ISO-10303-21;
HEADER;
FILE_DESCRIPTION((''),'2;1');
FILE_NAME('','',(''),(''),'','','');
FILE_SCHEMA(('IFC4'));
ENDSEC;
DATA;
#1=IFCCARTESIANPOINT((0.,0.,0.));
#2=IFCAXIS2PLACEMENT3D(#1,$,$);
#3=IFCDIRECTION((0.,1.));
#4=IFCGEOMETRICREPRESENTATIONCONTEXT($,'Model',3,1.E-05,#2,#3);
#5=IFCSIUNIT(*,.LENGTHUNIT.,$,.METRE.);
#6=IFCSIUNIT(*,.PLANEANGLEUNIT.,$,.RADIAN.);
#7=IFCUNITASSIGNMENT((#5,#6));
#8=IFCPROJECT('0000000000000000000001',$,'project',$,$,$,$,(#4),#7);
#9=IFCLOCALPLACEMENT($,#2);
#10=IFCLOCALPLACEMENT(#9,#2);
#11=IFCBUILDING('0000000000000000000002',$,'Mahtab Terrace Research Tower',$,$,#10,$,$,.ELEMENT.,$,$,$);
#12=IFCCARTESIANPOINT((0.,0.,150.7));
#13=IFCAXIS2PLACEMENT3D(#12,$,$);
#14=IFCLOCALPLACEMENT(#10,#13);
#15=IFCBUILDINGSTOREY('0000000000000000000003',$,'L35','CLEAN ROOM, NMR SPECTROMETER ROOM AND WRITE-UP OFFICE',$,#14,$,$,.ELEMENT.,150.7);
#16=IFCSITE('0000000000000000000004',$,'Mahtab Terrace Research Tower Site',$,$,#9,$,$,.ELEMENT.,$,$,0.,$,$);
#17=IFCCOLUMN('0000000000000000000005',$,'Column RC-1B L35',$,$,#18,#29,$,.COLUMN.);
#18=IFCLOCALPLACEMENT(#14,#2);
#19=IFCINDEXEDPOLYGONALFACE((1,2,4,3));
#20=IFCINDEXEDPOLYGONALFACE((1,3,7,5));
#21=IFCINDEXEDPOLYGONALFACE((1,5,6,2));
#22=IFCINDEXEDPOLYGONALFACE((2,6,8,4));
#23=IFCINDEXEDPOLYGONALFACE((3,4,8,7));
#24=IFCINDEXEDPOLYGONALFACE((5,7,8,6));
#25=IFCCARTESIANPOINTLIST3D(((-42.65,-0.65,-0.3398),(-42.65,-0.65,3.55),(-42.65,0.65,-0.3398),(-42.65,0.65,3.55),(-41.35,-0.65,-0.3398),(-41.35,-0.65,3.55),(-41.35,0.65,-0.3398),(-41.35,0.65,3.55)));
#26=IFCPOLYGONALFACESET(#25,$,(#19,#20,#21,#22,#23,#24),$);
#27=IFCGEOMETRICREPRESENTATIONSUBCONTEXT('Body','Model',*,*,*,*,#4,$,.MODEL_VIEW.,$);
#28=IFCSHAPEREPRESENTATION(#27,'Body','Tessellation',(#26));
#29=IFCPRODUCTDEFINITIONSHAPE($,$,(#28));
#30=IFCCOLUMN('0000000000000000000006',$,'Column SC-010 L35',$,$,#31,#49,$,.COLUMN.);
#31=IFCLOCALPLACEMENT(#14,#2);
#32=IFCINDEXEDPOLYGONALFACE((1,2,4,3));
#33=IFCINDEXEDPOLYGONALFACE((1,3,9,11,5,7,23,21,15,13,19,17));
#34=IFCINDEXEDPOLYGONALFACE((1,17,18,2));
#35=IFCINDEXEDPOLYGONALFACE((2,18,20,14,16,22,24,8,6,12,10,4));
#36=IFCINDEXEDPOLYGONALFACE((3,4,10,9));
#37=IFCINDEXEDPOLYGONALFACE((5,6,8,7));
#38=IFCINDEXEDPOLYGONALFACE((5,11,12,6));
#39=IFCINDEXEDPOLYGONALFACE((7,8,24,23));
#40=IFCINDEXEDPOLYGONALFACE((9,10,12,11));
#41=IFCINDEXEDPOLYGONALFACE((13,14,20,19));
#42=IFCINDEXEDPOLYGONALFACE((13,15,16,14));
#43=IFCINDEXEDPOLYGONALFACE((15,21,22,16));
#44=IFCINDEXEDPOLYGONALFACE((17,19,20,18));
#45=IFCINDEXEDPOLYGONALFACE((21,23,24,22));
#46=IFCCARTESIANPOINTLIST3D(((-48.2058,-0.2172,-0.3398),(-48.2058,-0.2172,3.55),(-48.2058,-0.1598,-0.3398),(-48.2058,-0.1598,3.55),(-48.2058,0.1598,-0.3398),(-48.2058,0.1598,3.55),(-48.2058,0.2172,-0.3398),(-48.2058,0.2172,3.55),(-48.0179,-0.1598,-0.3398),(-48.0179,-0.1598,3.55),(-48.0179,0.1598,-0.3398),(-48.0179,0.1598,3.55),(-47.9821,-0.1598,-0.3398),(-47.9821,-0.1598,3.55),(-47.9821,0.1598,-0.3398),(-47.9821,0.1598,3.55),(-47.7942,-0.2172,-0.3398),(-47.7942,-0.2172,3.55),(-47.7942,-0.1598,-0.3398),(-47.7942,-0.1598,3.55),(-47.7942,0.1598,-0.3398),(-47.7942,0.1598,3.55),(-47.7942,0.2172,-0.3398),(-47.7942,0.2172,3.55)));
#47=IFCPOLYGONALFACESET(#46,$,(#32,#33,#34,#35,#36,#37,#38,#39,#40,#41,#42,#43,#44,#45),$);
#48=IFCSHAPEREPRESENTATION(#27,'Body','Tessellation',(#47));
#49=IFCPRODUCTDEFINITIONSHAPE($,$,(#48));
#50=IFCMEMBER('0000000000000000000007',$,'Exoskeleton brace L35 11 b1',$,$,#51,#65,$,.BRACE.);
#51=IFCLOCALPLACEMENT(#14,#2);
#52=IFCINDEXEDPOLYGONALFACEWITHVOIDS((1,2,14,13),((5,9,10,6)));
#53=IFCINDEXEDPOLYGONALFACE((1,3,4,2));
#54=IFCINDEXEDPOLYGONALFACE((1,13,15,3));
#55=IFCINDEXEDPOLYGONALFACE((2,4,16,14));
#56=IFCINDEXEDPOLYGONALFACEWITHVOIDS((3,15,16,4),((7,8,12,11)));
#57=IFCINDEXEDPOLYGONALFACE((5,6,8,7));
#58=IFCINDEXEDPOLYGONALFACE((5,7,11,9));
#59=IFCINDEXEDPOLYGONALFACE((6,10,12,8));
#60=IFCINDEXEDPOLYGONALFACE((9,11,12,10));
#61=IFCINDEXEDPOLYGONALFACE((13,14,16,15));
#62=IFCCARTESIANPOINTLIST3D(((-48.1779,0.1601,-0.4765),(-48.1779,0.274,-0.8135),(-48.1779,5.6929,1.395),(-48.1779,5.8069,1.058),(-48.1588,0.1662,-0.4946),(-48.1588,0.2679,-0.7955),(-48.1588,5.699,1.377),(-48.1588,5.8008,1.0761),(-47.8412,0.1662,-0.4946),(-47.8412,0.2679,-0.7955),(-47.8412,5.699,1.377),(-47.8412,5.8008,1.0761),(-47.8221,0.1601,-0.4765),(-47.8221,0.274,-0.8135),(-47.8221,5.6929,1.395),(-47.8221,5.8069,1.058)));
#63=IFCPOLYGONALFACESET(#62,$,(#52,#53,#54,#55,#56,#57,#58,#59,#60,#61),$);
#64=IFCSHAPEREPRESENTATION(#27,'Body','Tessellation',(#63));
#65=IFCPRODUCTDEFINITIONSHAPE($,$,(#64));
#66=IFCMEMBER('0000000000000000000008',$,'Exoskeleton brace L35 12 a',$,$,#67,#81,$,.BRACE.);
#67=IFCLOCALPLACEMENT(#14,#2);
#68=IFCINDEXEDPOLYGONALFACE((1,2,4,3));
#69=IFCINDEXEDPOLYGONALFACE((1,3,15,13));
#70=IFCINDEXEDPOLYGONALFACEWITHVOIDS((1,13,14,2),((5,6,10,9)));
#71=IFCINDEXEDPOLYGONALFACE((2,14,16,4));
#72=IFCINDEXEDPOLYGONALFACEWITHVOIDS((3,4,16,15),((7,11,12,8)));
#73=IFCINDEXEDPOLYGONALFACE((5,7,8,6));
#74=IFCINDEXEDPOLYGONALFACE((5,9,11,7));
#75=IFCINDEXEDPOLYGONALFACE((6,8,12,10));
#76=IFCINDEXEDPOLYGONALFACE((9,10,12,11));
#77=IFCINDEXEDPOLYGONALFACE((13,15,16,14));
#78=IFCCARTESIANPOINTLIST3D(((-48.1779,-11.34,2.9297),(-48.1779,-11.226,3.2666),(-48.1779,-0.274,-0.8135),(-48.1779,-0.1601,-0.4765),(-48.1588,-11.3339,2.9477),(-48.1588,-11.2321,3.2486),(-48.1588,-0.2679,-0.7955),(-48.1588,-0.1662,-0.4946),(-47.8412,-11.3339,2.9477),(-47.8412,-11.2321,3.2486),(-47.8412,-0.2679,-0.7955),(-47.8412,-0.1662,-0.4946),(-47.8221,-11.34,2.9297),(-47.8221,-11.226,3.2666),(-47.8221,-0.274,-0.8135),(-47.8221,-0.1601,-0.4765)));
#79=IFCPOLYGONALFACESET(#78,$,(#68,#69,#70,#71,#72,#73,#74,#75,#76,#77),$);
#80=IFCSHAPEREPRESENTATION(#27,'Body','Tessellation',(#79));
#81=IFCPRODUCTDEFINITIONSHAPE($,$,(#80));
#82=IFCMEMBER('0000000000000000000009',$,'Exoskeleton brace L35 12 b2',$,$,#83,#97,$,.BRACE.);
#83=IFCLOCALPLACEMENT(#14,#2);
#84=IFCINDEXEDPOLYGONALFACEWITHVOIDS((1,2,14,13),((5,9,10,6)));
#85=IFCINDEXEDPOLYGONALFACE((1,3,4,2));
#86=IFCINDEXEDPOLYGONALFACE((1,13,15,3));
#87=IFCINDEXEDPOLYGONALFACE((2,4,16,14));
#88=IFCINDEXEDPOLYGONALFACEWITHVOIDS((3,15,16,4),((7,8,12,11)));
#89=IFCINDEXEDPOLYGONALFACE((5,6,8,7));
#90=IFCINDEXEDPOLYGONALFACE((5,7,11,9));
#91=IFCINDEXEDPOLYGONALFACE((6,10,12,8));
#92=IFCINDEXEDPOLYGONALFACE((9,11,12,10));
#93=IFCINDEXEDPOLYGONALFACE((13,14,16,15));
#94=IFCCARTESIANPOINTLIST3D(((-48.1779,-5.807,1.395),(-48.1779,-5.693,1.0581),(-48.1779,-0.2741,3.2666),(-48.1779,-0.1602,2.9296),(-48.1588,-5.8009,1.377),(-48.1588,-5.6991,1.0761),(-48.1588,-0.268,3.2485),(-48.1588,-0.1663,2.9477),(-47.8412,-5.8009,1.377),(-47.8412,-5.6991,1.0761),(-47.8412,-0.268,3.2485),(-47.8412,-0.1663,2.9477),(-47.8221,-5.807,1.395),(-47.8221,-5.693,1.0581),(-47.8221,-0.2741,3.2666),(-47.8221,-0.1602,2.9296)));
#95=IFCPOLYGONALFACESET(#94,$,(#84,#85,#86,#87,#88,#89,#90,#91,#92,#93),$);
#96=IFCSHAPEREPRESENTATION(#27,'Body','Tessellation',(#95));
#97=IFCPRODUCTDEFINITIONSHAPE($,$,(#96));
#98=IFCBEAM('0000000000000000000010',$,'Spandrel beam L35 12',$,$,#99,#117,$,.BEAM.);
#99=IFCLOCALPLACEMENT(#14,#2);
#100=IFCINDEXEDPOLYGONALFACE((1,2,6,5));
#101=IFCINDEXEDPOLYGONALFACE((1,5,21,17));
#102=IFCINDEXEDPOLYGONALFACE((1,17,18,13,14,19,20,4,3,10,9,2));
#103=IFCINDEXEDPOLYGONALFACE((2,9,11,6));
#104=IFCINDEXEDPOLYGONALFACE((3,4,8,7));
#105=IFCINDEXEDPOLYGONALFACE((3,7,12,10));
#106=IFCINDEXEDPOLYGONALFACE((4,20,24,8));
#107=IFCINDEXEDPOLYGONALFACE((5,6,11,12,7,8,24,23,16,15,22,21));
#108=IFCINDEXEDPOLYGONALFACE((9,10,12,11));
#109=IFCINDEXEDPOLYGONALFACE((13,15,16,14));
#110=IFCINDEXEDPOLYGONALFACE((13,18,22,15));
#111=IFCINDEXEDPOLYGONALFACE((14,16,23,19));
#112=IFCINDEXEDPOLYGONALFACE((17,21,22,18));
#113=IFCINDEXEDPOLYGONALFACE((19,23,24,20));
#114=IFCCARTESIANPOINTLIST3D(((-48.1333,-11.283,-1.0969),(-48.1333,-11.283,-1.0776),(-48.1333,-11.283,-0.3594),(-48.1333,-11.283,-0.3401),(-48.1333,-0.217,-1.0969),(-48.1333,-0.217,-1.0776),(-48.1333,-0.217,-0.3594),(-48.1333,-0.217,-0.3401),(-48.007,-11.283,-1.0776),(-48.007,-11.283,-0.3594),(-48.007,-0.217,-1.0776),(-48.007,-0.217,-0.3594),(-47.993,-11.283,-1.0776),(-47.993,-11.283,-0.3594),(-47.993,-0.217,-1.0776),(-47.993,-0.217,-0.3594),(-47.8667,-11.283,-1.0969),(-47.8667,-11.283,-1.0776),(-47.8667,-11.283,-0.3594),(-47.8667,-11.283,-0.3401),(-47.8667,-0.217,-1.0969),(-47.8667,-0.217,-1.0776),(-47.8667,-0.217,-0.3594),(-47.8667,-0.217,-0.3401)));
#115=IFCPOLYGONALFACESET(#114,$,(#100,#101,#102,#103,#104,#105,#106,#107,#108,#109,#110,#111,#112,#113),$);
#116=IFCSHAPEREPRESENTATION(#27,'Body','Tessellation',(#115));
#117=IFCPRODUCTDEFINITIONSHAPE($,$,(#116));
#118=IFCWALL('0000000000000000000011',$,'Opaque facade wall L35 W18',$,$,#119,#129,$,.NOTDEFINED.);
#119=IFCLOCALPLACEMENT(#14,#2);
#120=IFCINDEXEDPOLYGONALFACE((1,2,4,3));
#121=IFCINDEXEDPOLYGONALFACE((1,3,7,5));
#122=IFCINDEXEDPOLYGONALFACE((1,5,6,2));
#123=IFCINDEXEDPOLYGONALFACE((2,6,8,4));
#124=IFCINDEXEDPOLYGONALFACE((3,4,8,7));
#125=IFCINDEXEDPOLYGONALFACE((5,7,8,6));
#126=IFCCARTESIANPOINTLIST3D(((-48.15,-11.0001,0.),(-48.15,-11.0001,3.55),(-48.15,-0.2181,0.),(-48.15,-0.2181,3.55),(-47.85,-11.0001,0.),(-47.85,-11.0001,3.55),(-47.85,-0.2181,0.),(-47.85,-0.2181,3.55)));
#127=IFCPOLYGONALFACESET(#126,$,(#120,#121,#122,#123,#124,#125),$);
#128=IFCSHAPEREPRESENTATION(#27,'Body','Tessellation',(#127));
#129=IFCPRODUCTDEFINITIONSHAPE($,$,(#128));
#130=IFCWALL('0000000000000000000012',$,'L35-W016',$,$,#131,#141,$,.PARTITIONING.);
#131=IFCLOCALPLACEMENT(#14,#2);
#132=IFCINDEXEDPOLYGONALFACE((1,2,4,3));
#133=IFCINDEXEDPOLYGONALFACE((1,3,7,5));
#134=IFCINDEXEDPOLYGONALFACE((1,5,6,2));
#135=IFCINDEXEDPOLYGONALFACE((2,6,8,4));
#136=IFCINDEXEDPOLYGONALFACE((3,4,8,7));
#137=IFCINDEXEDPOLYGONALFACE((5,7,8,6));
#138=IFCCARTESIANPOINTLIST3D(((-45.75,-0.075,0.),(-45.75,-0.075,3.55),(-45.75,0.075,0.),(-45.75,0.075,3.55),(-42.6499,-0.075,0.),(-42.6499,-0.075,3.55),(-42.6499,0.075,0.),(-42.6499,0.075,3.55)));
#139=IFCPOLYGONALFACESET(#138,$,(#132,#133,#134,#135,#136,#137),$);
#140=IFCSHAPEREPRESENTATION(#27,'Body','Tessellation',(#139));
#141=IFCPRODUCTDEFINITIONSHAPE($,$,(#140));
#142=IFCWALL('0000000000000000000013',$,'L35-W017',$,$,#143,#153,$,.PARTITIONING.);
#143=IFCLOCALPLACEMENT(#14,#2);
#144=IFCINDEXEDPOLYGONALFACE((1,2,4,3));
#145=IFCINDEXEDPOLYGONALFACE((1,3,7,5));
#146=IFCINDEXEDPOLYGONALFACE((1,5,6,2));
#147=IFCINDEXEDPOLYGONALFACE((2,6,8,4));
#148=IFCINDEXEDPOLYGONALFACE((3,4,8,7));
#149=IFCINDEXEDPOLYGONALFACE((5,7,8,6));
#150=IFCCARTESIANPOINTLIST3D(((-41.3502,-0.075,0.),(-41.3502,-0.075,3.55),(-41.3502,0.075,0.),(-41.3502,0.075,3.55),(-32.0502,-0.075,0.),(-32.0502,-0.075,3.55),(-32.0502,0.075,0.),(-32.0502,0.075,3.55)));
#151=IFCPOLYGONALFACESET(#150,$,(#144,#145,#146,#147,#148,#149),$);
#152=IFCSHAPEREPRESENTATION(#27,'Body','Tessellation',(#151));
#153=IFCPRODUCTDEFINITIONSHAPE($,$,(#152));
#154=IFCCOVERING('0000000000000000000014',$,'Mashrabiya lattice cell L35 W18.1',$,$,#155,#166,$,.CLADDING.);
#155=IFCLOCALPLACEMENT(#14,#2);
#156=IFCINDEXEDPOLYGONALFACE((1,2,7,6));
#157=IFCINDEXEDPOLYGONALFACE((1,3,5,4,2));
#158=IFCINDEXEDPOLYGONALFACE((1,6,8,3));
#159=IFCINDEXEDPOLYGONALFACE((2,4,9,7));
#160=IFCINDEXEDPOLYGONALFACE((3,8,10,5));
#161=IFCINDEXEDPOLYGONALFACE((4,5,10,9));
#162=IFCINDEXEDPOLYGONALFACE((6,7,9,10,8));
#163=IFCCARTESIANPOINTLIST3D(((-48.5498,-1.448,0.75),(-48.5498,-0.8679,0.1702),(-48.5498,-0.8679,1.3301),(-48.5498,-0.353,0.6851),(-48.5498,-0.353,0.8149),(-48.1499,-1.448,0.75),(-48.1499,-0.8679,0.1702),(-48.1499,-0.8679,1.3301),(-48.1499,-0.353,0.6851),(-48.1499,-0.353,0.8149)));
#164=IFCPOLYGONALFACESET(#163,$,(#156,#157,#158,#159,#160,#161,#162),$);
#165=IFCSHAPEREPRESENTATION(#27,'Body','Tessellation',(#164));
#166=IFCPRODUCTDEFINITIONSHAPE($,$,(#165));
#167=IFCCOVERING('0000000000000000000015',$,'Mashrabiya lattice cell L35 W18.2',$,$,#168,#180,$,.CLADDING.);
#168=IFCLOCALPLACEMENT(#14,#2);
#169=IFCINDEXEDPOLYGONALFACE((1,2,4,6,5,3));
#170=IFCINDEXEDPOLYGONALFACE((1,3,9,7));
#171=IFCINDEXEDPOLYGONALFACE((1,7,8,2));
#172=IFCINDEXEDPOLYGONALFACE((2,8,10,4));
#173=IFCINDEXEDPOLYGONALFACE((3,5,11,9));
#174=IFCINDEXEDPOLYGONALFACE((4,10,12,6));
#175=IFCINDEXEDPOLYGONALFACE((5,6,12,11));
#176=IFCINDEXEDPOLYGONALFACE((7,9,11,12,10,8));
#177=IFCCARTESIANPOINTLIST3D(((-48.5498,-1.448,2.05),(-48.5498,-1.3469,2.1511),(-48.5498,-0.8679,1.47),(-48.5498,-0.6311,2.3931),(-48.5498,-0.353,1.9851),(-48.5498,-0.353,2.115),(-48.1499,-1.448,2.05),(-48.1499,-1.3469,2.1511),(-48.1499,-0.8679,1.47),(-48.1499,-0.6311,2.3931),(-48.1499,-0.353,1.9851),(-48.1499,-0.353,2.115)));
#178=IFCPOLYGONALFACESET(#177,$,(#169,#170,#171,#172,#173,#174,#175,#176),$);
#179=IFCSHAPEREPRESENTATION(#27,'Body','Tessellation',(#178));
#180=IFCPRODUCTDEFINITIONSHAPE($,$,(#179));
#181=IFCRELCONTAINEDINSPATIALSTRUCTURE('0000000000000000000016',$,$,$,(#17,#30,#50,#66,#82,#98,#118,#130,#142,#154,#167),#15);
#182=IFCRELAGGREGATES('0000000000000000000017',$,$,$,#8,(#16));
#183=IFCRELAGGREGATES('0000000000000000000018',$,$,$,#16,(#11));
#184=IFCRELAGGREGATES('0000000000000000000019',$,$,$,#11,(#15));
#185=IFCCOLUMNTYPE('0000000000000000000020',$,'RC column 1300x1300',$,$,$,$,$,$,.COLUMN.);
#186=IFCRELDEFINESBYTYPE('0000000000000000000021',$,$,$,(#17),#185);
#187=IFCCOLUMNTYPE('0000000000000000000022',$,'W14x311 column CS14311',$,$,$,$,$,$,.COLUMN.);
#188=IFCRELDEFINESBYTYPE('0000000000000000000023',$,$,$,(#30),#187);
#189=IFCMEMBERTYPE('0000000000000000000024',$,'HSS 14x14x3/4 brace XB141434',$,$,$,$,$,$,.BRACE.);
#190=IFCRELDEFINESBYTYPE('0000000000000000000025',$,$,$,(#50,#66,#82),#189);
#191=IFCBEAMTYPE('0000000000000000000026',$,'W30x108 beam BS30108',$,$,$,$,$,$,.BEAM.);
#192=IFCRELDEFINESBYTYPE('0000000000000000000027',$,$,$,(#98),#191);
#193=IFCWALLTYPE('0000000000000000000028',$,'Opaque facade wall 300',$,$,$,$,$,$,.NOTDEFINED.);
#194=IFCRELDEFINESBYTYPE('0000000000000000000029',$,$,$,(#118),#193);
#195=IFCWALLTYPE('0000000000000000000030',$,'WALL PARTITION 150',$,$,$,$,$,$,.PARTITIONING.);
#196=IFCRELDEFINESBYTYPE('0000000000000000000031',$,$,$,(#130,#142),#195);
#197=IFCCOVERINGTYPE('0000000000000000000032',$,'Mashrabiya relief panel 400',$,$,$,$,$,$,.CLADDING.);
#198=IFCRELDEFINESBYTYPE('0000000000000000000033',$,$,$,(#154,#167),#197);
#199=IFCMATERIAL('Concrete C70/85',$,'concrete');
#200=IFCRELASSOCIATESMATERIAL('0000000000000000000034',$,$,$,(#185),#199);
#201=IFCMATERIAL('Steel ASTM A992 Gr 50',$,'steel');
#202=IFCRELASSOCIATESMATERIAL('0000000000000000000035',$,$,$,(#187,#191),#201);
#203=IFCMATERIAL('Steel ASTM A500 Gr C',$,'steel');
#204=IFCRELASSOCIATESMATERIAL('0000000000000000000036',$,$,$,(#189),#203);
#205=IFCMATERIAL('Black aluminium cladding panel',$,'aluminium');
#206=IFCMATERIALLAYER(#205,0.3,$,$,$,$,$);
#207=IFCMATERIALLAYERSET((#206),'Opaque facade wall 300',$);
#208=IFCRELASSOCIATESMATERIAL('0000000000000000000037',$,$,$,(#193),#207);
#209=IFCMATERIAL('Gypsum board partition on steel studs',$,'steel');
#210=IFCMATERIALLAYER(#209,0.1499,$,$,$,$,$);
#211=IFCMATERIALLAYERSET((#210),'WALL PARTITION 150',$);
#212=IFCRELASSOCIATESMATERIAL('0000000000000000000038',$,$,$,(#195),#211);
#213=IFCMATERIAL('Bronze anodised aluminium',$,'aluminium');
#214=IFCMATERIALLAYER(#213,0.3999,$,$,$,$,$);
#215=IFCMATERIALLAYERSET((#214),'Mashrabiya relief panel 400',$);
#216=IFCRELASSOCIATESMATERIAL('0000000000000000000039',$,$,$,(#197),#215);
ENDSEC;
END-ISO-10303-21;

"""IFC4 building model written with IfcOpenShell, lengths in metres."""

from ifc_helpers import new_model, si_unit, direction, frame, frame_2d, origin, origin_2d, place, context, subcontext, project, spatial, polyline, rectangle, hollow_rectangle, i_section, outline, extrude, material, layer, layer_set, material_profile, profile_set, type_object, element, save


model = new_model("IFC4")

# Units and contexts
model_context = context("Model", 3, precision=1e-05, world=origin(), true_north=direction((0.0, 1.0)))
body_context = subcontext(model_context, "Body", "Model", "MODEL_VIEW")
ifc_project = project(units=[si_unit("LENGTHUNIT", "METRE"), si_unit("PLANEANGLEUNIT", "RADIAN")], contexts=[model_context])

# Site, building, storey
site_placement = place(None, origin())
site = spatial("IfcSite", under=ifc_project, at=site_placement, Name="Mahtab Terrace Research Tower Site", CompositionType="ELEMENT", RefElevation=0.0)
building_placement = place(site_placement, origin())
building = spatial("IfcBuilding", under=site, at=building_placement, Name="Mahtab Terrace Research Tower", CompositionType="ELEMENT")
storey_placement = place(building_placement, frame((0.0, 0.0, 150.7)))
storey = spatial("IfcBuildingStorey", under=building, at=storey_placement, Name="L35", Description="CLEAN ROOM, NMR SPECTROMETER ROOM AND WRITE-UP OFFICE", CompositionType="ELEMENT", Elevation=150.7)

# Columns
ifc_material_1 = material(Name="Concrete C70/85", Category="concrete")
ifc_material_profile_1 = material_profile(ifc_material_1, rectangle(XDim=1.3, YDim=1.3, at=origin_2d()), Name="RC column 1300x1300")
ifc_profile_set_1 = profile_set([ifc_material_profile_1], Name="Concrete C70/85")
column_type_1 = type_object("IfcColumnType", Name="RC column 1300x1300", PredefinedType="COLUMN", material=ifc_profile_set_1)
column_1_placement = place(storey_placement, frame((-42.0, 0.0, -0.3398), z_axis=(0.0, 0.0, 1.0), x_axis=(1.0, 0.0, 0.0)))
element("IfcColumn", 1, at=column_1_placement, inside=storey, type_object=column_type_1, Name="Column RC-1B L35", PredefinedType="COLUMN", context=body_context, shape_type="SweptSolid", body=[
    extrude(rectangle(XDim=1.3, YDim=1.3, at=origin_2d()), origin(), (0.0, 0.0, 1.0), 3.8899),
])
ifc_material_2 = material(Name="Steel ASTM A992 Gr 50", Category="steel")
ifc_material_profile_2 = material_profile(ifc_material_2, i_section(OverallWidth=0.4116, OverallDepth=0.4343, WebThickness=0.0359, FlangeThickness=0.0574, at=origin_2d()), Name="W14X311")
ifc_profile_set_2 = profile_set([ifc_material_profile_2], Name="Steel ASTM A992 Gr 50")
column_type_2 = type_object("IfcColumnType", Name="W14x311 column CS14311", PredefinedType="COLUMN", material=ifc_profile_set_2)
column_2_placement = place(storey_placement, frame((-48.0, 0.0, -0.3398), z_axis=(0.0, 0.0, 1.0), x_axis=(1.0, 0.0, 0.0)))
element("IfcColumn", 2, at=column_2_placement, inside=storey, type_object=column_type_2, Name="Column SC-010 L35", PredefinedType="COLUMN", context=body_context, shape_type="SweptSolid", body=[
    extrude(i_section(OverallWidth=0.4116, OverallDepth=0.4343, WebThickness=0.0359, FlangeThickness=0.0574, at=origin_2d()), origin(), (0.0, 0.0, 1.0), 3.8899),
])

# Members
ifc_material_3 = material(Name="Steel ASTM A500 Gr C", Category="steel")
ifc_material_profile_3 = material_profile(ifc_material_3, hollow_rectangle(XDim=0.3557, YDim=0.3557, WallThickness=0.019, at=origin_2d()), Name="HSS14X14X3/4")
ifc_profile_set_3 = profile_set([ifc_material_profile_3], Name="Steel ASTM A500 Gr C")
member_type = type_object("IfcMemberType", Name="HSS 14x14x3/4 brace XB141434", PredefinedType="BRACE", material=ifc_profile_set_3)
member_1_placement = place(storey_placement, frame((-48.0, 0.217, -0.645), z_axis=(0.0, 0.947274, 0.320425), x_axis=(-1.0, 0.0, 0.0)))
element("IfcMember", 3, at=member_1_placement, inside=storey, type_object=member_type, Name="Exoskeleton brace L35 11 b1", PredefinedType="BRACE", context=body_context, shape_type="SweptSolid", body=[
    extrude(hollow_rectangle(XDim=0.3557, YDim=0.3557, WallThickness=0.019, at=origin_2d()), origin(), (0.0, 0.0, 1.0), 5.8408),
])
member_2_placement = place(storey_placement, frame((-48.0, -0.217, -0.645), z_axis=(0.0, -0.947274, 0.320425), x_axis=(1.0, 0.0, 0.0)))
element("IfcMember", 4, at=member_2_placement, inside=storey, type_object=member_type, Name="Exoskeleton brace L35 12 a", PredefinedType="BRACE", context=body_context, shape_type="SweptSolid", body=[
    extrude(hollow_rectangle(XDim=0.3557, YDim=0.3557, WallThickness=0.019, at=origin_2d()), origin(), (0.0, 0.0, 1.0), 11.6819),
])
member_3_placement = place(storey_placement, frame((-48.0, -5.75, 1.2266), z_axis=(0.0, 0.947274, 0.320425), x_axis=(-1.0, 0.0, 0.0)))
element("IfcMember", 5, at=member_3_placement, inside=storey, type_object=member_type, Name="Exoskeleton brace L35 12 b2", PredefinedType="BRACE", context=body_context, shape_type="SweptSolid", body=[
    extrude(hollow_rectangle(XDim=0.3557, YDim=0.3557, WallThickness=0.019, at=origin_2d()), origin(), (0.0, 0.0, 1.0), 5.8408),
])

# Beam
ifc_material_profile_4 = material_profile(ifc_material_2, i_section(OverallWidth=0.2666, OverallDepth=0.7568, WebThickness=0.0139, FlangeThickness=0.0193, at=origin_2d()), Name="W30X108")
ifc_profile_set_4 = profile_set([ifc_material_profile_4], Name="Steel ASTM A992 Gr 50")
beam_type = type_object("IfcBeamType", Name="W30x108 beam BS30108", PredefinedType="BEAM", material=ifc_profile_set_4)
beam_placement = place(storey_placement, frame((-48.0, -0.217, -0.7185), z_axis=(0.0, -1.0, 0.0), x_axis=(1.0, 0.0, 0.0)))
element("IfcBeam", 6, at=beam_placement, inside=storey, type_object=beam_type, Name="Spandrel beam L35 12", PredefinedType="BEAM", context=body_context, shape_type="SweptSolid", body=[
    extrude(i_section(OverallWidth=0.2666, OverallDepth=0.7568, WebThickness=0.0139, FlangeThickness=0.0193, at=origin_2d()), origin(), (0.0, 0.0, 1.0), 11.0659),
])

# Walls
ifc_material_4 = material(Name="Black aluminium cladding panel", Category="aluminium")
ifc_layer_1 = layer(ifc_material_4, 0.3)
ifc_layer_set_1 = layer_set([ifc_layer_1], Name="Opaque facade wall 300")
wall_type_1 = type_object("IfcWallType", Name="Opaque facade wall 300", PredefinedType="NOTDEFINED", material=ifc_layer_set_1)
wall_1_placement = place(storey_placement, frame((-48.0, -0.218, 0.0), z_axis=(0.0, 0.0, 1.0), x_axis=(0.0, -1.0, 0.0)))
element("IfcWall", 7, at=wall_1_placement, inside=storey, type_object=wall_type_1, Name="Opaque facade wall L35 W18", PredefinedType="NOTDEFINED", context=body_context, shape_type="SweptSolid", body=[
    extrude(rectangle(XDim=10.782, YDim=0.3, at=frame_2d((5.3911, 0.0))), origin(), (0.0, 0.0, 1.0), 3.55),
])
ifc_material_5 = material(Name="Gypsum board partition on steel studs", Category="steel")
ifc_layer_2 = layer(ifc_material_5, 0.1499)
ifc_layer_set_2 = layer_set([ifc_layer_2], Name="WALL PARTITION 150")
wall_type_2 = type_object("IfcWallType", Name="WALL PARTITION 150", PredefinedType="PARTITIONING", material=ifc_layer_set_2)
wall_2_placement = place(storey_placement, frame((-45.75, 0.0, 0.0), z_axis=(0.0, 0.0, 1.0), x_axis=(1.0, 0.0, 0.0)))
element("IfcWall", 8, at=wall_2_placement, inside=storey, type_object=wall_type_2, Name="L35-W016", PredefinedType="PARTITIONING", context=body_context, shape_type="SweptSolid", body=[
    extrude(rectangle(XDim=3.1001, YDim=0.1499, at=frame_2d((1.55, 0.0))), origin(), (0.0, 0.0, 1.0), 3.55),
])
wall_3_placement = place(storey_placement, frame((-41.3501, 0.0, 0.0), z_axis=(0.0, 0.0, 1.0), x_axis=(1.0, 0.0, 0.0)))
element("IfcWall", 9, at=wall_3_placement, inside=storey, type_object=wall_type_2, Name="L35-W017", PredefinedType="PARTITIONING", context=body_context, shape_type="SweptSolid", body=[
    extrude(rectangle(XDim=9.3, YDim=0.1499, at=frame_2d((4.6499, 0.0))), origin(), (0.0, 0.0, 1.0), 3.55),
])

# Coverings
ifc_material_6 = material(Name="Bronze anodised aluminium", Category="aluminium")
ifc_layer_3 = layer(ifc_material_6, 0.3999)
ifc_layer_set_3 = layer_set([ifc_layer_3], Name="Mashrabiya relief panel 400")
covering_type = type_object("IfcCoveringType", Name="Mashrabiya relief panel 400", PredefinedType="CLADDING", material=ifc_layer_set_3)
covering_1_placement = place(storey_placement, frame((-48.1499, -0.8679, 1.3301), z_axis=(1.0, 0.0, 0.0), x_axis=(0.0, -0.707107, -0.707107)))
element("IfcCovering", 10, at=covering_1_placement, inside=storey, type_object=covering_type, Name="Mashrabiya lattice cell L35 W18.1", PredefinedType="CLADDING", context=body_context, shape_type="SweptSolid", body=[
    extrude(outline(polyline([(0.0, 0.0), (0.8204, 0.0), (0.8202, 0.8202), (0.092, 0.8202), (0.0002, 0.7283), (0.0, 0.0)])), origin(), (0.0, 0.0, -1.0), 0.3999),
])
covering_2_placement = place(storey_placement, frame((-48.1499, -1.448, 2.05), z_axis=(1.0, 0.0, 0.0), x_axis=(0.0, 0.707107, -0.707107)))
element("IfcCovering", 11, at=covering_2_placement, inside=storey, type_object=covering_type, Name="Mashrabiya lattice cell L35 W18.2", PredefinedType="CLADDING", context=body_context, shape_type="SweptSolid", body=[
    extrude(outline(polyline([(0.0, 0.0), (0.8204, 0.0), (0.8202, 0.7283), (0.7283, 0.8202), (0.3351, 0.8202), (0.0, 0.1429), (0.0, 0.0)])), origin(), (0.0, 0.0, -1.0), 0.3999),
])

save(model, "model.ifc")
